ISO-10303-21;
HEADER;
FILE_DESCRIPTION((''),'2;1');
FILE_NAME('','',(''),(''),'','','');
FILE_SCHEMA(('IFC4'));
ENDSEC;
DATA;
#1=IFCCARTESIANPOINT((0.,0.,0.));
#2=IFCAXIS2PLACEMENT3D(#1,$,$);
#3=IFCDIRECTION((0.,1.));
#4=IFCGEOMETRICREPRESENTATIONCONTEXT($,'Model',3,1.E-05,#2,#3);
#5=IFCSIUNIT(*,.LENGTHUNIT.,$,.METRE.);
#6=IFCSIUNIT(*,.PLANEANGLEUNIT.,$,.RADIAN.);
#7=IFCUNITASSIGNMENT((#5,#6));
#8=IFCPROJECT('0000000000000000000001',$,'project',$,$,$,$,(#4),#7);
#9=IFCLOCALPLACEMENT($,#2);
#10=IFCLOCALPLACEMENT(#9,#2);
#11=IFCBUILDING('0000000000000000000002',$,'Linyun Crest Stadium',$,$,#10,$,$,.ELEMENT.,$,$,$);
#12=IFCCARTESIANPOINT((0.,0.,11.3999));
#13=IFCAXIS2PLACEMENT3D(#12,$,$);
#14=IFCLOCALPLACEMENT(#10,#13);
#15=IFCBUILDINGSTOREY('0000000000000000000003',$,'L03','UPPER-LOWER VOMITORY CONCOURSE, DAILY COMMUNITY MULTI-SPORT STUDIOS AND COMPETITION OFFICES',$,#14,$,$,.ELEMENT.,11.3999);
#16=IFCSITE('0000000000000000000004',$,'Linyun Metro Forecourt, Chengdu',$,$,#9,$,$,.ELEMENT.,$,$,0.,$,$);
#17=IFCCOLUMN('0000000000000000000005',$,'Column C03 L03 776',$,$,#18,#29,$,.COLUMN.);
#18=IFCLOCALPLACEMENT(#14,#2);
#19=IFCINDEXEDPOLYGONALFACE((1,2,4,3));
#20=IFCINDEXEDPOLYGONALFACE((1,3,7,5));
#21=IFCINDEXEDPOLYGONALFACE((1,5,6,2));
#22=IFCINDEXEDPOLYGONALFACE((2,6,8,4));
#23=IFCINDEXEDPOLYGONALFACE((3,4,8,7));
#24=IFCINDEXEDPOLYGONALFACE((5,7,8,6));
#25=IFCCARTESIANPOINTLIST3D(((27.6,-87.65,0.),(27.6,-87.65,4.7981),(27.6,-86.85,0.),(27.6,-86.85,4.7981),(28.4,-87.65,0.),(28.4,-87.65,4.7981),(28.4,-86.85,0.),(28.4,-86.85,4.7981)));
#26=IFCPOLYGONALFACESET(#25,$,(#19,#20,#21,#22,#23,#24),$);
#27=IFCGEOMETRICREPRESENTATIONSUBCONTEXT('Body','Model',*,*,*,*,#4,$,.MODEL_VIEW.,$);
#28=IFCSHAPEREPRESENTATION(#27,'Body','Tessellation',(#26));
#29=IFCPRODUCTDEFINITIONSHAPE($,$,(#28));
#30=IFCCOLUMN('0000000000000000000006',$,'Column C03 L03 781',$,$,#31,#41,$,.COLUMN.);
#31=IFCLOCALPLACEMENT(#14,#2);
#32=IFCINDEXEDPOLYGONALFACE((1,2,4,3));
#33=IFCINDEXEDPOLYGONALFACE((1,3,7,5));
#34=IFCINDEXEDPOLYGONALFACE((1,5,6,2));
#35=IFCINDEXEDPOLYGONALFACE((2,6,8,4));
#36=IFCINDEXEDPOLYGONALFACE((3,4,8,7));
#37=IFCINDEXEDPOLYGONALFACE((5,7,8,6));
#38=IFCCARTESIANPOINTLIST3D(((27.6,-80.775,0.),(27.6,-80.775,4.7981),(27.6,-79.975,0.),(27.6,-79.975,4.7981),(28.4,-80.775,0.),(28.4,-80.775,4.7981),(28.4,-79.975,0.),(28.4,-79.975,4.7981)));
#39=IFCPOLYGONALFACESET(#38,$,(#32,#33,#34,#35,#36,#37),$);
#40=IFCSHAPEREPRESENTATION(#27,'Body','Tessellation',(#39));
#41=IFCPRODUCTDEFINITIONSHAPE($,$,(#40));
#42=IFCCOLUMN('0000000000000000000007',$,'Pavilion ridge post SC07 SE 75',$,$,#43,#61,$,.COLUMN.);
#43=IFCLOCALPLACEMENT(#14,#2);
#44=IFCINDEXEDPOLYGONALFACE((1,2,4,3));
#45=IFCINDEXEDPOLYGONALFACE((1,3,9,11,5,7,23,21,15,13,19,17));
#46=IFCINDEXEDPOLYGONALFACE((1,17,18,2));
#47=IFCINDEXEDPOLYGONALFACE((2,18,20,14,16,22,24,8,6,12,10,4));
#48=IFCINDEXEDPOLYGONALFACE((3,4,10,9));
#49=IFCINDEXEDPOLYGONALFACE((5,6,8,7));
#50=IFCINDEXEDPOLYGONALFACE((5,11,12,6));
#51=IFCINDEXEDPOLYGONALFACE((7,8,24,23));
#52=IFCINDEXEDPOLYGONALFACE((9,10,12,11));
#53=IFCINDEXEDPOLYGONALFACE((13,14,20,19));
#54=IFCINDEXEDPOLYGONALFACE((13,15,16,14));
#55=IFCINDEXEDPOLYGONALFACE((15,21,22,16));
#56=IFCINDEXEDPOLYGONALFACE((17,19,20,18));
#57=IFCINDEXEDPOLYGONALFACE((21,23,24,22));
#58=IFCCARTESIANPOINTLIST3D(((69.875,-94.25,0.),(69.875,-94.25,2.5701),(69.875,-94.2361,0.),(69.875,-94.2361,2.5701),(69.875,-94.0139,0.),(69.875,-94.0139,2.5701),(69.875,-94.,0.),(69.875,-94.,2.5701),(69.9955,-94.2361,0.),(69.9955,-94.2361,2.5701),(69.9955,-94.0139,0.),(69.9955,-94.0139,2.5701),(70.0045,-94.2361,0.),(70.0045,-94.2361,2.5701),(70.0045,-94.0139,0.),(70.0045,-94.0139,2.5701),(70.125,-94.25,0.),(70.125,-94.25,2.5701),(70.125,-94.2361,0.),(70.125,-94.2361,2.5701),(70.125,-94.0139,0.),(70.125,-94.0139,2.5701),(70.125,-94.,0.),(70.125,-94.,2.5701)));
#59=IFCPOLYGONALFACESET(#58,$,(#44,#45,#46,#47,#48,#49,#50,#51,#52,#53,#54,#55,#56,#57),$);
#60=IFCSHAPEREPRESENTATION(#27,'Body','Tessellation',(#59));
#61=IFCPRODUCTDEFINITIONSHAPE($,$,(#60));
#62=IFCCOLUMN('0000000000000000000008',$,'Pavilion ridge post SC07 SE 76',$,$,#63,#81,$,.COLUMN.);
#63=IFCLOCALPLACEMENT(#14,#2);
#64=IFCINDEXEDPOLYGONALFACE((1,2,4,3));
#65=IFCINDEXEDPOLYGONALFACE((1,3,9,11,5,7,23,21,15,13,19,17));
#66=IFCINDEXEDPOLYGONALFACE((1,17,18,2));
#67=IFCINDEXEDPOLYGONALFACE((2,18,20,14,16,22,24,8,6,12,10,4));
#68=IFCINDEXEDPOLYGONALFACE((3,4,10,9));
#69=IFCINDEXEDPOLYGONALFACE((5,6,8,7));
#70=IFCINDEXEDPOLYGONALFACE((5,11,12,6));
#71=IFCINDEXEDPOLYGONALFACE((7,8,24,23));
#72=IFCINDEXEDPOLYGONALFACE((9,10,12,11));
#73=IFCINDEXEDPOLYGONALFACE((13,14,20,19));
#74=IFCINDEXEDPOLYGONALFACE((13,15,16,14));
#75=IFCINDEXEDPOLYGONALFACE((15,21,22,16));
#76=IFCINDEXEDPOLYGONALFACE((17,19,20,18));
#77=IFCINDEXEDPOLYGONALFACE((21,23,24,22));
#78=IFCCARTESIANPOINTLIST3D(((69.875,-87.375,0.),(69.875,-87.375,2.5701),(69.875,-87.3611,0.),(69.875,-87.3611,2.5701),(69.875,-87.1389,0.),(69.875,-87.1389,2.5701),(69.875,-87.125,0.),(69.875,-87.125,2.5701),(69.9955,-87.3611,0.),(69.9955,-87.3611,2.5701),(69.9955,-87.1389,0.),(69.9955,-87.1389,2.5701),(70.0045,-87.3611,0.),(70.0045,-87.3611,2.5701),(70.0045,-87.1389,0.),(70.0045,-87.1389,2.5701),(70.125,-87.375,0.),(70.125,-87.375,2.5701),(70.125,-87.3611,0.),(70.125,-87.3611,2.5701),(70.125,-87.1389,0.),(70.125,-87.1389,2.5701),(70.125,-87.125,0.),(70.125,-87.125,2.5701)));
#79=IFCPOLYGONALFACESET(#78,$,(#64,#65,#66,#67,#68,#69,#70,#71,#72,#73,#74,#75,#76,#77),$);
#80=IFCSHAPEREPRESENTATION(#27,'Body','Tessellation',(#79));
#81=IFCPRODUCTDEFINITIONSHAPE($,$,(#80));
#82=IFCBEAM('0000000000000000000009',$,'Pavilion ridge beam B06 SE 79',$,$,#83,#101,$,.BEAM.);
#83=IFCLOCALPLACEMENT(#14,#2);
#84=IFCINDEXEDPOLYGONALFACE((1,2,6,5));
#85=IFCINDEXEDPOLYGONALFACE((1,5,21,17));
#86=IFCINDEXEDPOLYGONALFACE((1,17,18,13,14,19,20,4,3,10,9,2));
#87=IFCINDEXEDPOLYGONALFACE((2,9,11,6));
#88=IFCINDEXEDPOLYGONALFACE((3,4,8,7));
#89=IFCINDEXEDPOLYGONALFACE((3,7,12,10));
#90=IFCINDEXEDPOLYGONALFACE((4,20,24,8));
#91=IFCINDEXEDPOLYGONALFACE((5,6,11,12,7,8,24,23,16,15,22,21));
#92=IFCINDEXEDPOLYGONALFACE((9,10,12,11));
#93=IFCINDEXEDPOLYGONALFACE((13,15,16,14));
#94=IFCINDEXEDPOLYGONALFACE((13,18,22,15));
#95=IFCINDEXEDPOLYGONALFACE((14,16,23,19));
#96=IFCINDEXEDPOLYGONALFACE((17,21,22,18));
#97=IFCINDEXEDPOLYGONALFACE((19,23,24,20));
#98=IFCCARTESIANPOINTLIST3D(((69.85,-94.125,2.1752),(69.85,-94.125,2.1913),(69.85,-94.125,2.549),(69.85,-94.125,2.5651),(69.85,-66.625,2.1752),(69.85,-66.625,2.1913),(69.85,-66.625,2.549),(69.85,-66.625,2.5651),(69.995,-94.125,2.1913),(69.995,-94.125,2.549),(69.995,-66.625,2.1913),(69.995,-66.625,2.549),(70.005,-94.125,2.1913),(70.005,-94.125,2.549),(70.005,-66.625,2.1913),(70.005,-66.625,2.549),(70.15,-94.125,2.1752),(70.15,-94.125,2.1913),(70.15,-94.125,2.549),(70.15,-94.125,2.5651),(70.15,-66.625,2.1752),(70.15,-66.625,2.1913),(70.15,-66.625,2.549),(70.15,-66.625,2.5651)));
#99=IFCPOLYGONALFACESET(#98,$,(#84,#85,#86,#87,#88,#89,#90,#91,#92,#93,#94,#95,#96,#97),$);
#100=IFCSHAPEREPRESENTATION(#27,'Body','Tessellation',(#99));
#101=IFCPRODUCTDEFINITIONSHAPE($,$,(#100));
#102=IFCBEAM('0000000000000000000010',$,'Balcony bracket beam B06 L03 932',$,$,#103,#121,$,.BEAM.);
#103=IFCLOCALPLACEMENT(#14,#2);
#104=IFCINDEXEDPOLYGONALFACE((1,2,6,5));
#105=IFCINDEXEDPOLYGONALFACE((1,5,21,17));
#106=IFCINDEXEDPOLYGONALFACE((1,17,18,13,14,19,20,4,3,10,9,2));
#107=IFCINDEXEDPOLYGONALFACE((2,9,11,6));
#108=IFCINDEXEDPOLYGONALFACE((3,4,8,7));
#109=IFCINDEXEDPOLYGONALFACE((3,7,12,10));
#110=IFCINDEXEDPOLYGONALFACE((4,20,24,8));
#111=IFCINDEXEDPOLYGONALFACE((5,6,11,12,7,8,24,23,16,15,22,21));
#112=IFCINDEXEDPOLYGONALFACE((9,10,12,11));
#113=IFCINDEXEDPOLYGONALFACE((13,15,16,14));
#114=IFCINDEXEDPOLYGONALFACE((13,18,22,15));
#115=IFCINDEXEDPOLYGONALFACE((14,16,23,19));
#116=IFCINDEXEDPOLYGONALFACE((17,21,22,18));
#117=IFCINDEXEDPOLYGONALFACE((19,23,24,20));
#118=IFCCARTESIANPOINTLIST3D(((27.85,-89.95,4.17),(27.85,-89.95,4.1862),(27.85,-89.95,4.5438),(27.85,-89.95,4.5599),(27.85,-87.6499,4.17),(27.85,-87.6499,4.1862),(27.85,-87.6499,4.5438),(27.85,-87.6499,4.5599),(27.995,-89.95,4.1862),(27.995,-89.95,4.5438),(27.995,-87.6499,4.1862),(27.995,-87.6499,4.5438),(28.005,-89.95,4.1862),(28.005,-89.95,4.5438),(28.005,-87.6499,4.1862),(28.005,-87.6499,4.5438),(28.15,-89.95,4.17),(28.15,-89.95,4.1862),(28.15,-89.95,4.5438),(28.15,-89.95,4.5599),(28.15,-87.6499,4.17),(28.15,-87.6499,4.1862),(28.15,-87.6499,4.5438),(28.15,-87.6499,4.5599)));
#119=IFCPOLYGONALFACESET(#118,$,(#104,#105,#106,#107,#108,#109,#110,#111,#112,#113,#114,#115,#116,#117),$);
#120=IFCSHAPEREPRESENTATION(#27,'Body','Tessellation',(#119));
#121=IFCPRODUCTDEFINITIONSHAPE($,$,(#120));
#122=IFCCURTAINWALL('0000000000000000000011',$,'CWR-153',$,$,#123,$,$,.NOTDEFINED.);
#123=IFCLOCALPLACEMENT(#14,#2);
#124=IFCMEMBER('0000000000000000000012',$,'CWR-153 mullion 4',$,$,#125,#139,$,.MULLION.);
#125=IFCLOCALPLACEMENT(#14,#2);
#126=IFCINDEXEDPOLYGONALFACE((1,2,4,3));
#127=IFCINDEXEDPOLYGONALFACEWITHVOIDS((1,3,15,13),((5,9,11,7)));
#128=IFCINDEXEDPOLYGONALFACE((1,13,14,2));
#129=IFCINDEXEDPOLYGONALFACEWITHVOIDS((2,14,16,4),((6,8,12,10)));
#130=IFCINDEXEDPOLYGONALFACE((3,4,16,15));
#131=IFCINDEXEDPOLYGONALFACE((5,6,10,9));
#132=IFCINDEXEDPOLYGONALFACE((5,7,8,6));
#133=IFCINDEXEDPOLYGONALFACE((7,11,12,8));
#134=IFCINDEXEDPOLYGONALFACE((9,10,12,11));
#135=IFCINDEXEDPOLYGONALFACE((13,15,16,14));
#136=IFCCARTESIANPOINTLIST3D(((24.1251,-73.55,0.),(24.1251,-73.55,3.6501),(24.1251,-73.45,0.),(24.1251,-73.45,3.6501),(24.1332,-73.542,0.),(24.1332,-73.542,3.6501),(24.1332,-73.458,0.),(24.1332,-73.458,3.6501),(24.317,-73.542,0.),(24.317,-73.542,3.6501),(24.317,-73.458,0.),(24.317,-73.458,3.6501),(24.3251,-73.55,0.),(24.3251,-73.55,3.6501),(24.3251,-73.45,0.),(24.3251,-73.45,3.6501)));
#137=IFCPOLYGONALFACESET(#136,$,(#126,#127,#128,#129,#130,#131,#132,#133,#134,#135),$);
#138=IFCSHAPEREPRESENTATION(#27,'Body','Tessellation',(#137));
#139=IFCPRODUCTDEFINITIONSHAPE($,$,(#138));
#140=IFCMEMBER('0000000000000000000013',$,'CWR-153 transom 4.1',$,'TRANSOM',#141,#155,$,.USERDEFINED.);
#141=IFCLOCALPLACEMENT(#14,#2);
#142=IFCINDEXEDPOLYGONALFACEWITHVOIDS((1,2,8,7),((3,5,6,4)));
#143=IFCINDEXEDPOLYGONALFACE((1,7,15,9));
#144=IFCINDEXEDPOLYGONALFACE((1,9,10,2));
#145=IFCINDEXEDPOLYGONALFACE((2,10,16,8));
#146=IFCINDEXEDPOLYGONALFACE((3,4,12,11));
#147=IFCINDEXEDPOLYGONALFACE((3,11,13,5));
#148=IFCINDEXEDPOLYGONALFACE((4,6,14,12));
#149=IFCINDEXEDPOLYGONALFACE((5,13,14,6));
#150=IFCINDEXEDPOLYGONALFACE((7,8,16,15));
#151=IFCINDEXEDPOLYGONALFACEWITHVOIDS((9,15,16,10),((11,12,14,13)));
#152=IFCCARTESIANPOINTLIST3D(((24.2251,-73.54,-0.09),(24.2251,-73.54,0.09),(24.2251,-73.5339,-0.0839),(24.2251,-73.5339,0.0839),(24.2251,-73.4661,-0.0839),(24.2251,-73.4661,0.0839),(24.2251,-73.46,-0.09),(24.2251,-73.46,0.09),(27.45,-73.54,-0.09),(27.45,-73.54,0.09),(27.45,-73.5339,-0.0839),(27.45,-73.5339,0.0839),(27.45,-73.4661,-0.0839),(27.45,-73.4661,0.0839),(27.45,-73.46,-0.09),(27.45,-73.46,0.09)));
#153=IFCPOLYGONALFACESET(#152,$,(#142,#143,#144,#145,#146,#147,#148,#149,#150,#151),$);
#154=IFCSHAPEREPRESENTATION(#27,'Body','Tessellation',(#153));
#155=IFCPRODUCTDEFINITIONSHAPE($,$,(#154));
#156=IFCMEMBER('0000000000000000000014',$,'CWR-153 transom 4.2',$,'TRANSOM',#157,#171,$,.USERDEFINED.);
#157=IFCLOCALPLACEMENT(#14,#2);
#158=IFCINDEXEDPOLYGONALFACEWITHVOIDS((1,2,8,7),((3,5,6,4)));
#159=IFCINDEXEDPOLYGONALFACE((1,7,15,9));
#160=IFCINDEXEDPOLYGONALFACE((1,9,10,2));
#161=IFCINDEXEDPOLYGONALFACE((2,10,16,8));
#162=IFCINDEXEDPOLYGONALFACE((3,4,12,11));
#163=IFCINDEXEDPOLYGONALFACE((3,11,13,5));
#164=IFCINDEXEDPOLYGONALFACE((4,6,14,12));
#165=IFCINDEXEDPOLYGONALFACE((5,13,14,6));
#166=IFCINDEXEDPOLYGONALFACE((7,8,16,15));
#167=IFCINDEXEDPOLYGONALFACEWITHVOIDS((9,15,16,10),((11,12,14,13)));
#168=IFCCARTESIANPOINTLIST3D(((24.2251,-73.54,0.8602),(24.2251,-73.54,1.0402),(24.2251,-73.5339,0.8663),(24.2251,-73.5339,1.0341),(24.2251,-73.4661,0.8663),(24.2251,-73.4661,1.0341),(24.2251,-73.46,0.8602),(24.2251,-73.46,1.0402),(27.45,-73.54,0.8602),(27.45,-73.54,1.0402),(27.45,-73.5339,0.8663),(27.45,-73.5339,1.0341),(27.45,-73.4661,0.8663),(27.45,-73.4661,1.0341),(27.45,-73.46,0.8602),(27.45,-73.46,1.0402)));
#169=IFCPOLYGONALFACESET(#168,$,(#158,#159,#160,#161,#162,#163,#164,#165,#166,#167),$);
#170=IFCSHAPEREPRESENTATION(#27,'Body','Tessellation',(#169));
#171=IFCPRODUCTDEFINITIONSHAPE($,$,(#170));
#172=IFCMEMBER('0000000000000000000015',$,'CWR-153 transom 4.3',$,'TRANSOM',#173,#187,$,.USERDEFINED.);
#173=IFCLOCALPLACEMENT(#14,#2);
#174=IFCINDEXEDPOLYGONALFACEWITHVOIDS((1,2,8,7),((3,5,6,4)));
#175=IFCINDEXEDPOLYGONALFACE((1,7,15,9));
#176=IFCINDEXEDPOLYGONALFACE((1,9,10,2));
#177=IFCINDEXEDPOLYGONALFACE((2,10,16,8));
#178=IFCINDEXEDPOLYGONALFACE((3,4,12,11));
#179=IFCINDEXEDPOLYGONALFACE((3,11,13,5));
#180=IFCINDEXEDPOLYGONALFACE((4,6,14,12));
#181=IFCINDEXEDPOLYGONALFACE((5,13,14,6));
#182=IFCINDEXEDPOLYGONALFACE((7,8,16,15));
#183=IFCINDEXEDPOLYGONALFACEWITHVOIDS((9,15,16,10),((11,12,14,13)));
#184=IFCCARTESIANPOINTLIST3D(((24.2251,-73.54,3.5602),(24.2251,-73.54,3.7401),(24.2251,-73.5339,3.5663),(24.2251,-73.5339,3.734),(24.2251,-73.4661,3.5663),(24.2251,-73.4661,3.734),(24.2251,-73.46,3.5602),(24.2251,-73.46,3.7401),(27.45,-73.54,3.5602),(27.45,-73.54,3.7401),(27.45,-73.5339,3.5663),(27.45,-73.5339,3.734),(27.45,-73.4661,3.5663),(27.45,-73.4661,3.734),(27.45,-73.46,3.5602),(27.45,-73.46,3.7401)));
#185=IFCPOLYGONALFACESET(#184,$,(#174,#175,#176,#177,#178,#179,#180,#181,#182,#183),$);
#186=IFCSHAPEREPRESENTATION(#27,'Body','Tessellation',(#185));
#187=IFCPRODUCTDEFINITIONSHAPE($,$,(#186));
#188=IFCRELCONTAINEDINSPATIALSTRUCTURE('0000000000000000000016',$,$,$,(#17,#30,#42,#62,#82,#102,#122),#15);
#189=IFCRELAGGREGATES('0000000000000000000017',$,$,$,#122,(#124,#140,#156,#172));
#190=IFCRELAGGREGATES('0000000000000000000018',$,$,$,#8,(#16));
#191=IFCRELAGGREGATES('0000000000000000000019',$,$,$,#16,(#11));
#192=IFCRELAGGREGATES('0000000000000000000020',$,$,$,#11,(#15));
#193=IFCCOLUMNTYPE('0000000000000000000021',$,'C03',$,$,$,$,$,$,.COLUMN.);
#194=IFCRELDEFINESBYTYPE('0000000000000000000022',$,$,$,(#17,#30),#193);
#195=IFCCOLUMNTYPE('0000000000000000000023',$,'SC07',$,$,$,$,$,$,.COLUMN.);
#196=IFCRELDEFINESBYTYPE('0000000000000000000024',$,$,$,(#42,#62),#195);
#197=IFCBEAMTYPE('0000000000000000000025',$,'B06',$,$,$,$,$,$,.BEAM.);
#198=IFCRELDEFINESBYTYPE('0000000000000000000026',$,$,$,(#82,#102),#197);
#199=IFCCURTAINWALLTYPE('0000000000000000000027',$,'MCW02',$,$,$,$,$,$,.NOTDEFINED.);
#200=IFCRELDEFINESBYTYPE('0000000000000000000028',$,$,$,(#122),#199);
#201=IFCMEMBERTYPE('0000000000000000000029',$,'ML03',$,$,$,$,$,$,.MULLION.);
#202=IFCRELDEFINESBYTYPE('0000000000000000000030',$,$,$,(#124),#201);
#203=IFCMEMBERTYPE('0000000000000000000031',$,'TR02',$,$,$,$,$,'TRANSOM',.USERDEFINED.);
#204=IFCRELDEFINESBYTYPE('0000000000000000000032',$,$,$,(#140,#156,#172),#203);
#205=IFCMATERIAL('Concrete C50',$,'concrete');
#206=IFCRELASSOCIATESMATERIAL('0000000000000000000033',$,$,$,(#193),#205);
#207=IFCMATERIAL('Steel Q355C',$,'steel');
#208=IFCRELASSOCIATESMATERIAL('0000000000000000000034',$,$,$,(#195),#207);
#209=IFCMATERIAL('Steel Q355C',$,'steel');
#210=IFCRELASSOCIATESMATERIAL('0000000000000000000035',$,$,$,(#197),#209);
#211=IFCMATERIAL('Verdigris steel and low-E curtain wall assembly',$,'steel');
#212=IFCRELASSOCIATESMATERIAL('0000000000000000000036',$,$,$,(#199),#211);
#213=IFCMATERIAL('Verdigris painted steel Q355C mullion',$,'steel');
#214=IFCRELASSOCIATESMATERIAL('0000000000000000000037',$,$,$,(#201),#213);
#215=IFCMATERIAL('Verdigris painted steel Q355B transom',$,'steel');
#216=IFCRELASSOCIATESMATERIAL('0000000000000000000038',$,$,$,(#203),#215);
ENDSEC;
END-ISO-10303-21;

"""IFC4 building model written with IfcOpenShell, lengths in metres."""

from ifc_helpers import new_model, si_unit, direction, frame, origin, origin_2d, place, context, subcontext, project, spatial, rectangle, hollow_rectangle, i_section, extrude, material, material_profile, profile_set, type_object, element, aggregate, save


model = new_model("IFC4")

# Units and contexts
model_context = context("Model", 3, precision=1e-05, world=origin(), true_north=direction((0.0, 1.0)))
body_context = subcontext(model_context, "Body", "Model", "MODEL_VIEW")
ifc_project = project(units=[si_unit("LENGTHUNIT", "METRE"), si_unit("PLANEANGLEUNIT", "RADIAN")], contexts=[model_context])

# Site, building, storey
site_placement = place(None, origin())
site = spatial("IfcSite", under=ifc_project, at=site_placement, Name="Linyun Metro Forecourt, Chengdu", CompositionType="ELEMENT", RefElevation=0.0)
building_placement = place(site_placement, origin())
building = spatial("IfcBuilding", under=site, at=building_placement, Name="Linyun Crest Stadium", CompositionType="ELEMENT")
storey_placement = place(building_placement, frame((0.0, 0.0, 11.3999)))
storey = spatial("IfcBuildingStorey", under=building, at=storey_placement, Name="L03", Description="UPPER-LOWER VOMITORY CONCOURSE, DAILY COMMUNITY MULTI-SPORT STUDIOS AND COMPETITION OFFICES", CompositionType="ELEMENT", Elevation=11.3999)

# Columns
ifc_material_1 = material(Name="Concrete C50", Category="concrete")
ifc_material_profile_1 = material_profile(ifc_material_1, rectangle(XDim=0.8, YDim=0.8, at=origin_2d()), Name="RC 800x800")
ifc_profile_set_1 = profile_set([ifc_material_profile_1], Name="Concrete C50")
column_type_1 = type_object("IfcColumnType", Name="C03", PredefinedType="COLUMN", material=ifc_profile_set_1)
for number, where, z_axis, x_axis, name in (
    (1, (28.0, -87.25, 0.0), (0.0, 0.0, 1.0), (1.0, 0.0, 0.0), "Column C03 L03 776"),
    (2, (28.0, -80.375, 0.0), (0.0, 0.0, 1.0), (1.0, 0.0, 0.0), "Column C03 L03 781"),
):
    element("IfcColumn", number, at=place(storey_placement, frame(where, z_axis=z_axis, x_axis=x_axis)), inside=storey, type_object=column_type_1, Name=name, PredefinedType="COLUMN", context=body_context, shape_type="SweptSolid", body=[
        extrude(rectangle(XDim=0.8, YDim=0.8, at=origin_2d()), origin(), (0.0, 0.0, 1.0), 4.7981),
    ])
ifc_material_2 = material(Name="Steel Q355C", Category="steel")
ifc_material_profile_2 = material_profile(ifc_material_2, i_section(OverallWidth=0.25, OverallDepth=0.25, WebThickness=0.009, FlangeThickness=0.0139, at=origin_2d()), Name="HW 250x250")
ifc_profile_set_2 = profile_set([ifc_material_profile_2], Name="Steel Q355C")
column_type_2 = type_object("IfcColumnType", Name="SC07", PredefinedType="COLUMN", material=ifc_profile_set_2)
for number, where, z_axis, x_axis, name in (
    (3, (70.0, -94.125, 0.0), (0.0, 0.0, 1.0), (1.0, 0.0, 0.0), "Pavilion ridge post SC07 SE 75"),
    (4, (70.0, -87.25, 0.0), (0.0, 0.0, 1.0), (1.0, 0.0, 0.0), "Pavilion ridge post SC07 SE 76"),
):
    element("IfcColumn", number, at=place(storey_placement, frame(where, z_axis=z_axis, x_axis=x_axis)), inside=storey, type_object=column_type_2, Name=name, PredefinedType="COLUMN", context=body_context, shape_type="SweptSolid", body=[
        extrude(i_section(OverallWidth=0.25, OverallDepth=0.25, WebThickness=0.009, FlangeThickness=0.0139, at=origin_2d()), origin(), (0.0, 0.0, 1.0), 2.5701),
    ])

# Beams
ifc_material_3 = material(Name="Steel Q355C", Category="steel")
ifc_material_profile_3 = material_profile(ifc_material_3, i_section(OverallWidth=0.3, OverallDepth=0.3899, WebThickness=0.01, FlangeThickness=0.0161, at=origin_2d()), Name="HM 390x300")
ifc_profile_set_3 = profile_set([ifc_material_profile_3], Name="Steel Q355C")
beam_type = type_object("IfcBeamType", Name="B06", PredefinedType="BEAM", material=ifc_profile_set_3)
beam_1_placement = place(storey_placement, frame((70.0, -94.125, 2.3701), z_axis=(0.0, 1.0, 0.0), x_axis=(-1.0, 0.0, 0.0)))
element("IfcBeam", 5, at=beam_1_placement, inside=storey, type_object=beam_type, Name="Pavilion ridge beam B06 SE 79", PredefinedType="BEAM", context=body_context, shape_type="SweptSolid", body=[
    extrude(i_section(OverallWidth=0.3, OverallDepth=0.3899, WebThickness=0.01, FlangeThickness=0.0161, at=origin_2d()), origin(), (0.0, 0.0, 1.0), 27.5),
])
beam_2_placement = place(storey_placement, frame((28.0, -89.95, 4.365), z_axis=(0.0, 1.0, 0.0), x_axis=(-1.0, 0.0, 0.0)))
element("IfcBeam", 6, at=beam_2_placement, inside=storey, type_object=beam_type, Name="Balcony bracket beam B06 L03 932", PredefinedType="BEAM", context=body_context, shape_type="SweptSolid", body=[
    extrude(i_section(OverallWidth=0.3, OverallDepth=0.3899, WebThickness=0.01, FlangeThickness=0.0161, at=origin_2d()), origin(), (0.0, 0.0, 1.0), 2.3),
])

# Curtain wall, members
ifc_material_4 = material(Name="Verdigris steel and low-E curtain wall assembly", Category="steel")
curtain_wall_type = type_object("IfcCurtainWallType", Name="MCW02", PredefinedType="NOTDEFINED", material=ifc_material_4)
curtain_wall_placement = place(storey_placement, origin())
curtain_wall = element("IfcCurtainWall", 7, at=curtain_wall_placement, inside=storey, type_object=curtain_wall_type, Name="CWR-153", PredefinedType="NOTDEFINED")
ifc_material_5 = material(Name="Verdigris painted steel Q355C mullion", Category="steel")
ifc_material_profile_4 = material_profile(ifc_material_5, hollow_rectangle(XDim=0.1001, YDim=0.2, WallThickness=0.0081, at=origin_2d()), Name="RHS 200x100x8")
ifc_profile_set_4 = profile_set([ifc_material_profile_4], Name="Verdigris painted steel Q355C mullion")
member_type_1 = type_object("IfcMemberType", Name="ML03", PredefinedType="MULLION", material=ifc_profile_set_4)
member_1_placement = place(storey_placement, frame((24.2251, -73.5, 0.0), z_axis=(0.0, 0.0, 1.0), x_axis=(0.0, 1.0, 0.0)))
member_1 = element("IfcMember", 8, at=member_1_placement, type_object=member_type_1, Name="CWR-153 mullion 4", PredefinedType="MULLION", context=body_context, shape_type="SweptSolid", body=[
    extrude(hollow_rectangle(XDim=0.1001, YDim=0.2, WallThickness=0.0081, at=origin_2d()), origin(), (0.0, 0.0, 1.0), 3.6501),
])
ifc_material_6 = material(Name="Verdigris painted steel Q355B transom", Category="steel")
ifc_material_profile_5 = material_profile(ifc_material_6, hollow_rectangle(XDim=0.0801, YDim=0.1799, WallThickness=0.0061, at=origin_2d()), Name="RHS 180x80x6")
ifc_profile_set_5 = profile_set([ifc_material_profile_5], Name="Verdigris painted steel Q355B transom")
member_type_2 = type_object("IfcMemberType", Name="TR02", ElementType="TRANSOM", PredefinedType="USERDEFINED", material=ifc_profile_set_5)
member_2_placement = place(storey_placement, frame((24.2251, -73.5, 0.0), z_axis=(1.0, 0.0, 0.0), x_axis=(0.0, 1.0, 0.0)))
member_2 = element("IfcMember", 9, at=member_2_placement, type_object=member_type_2, Name="CWR-153 transom 4.1", ObjectType="TRANSOM", PredefinedType="USERDEFINED", context=body_context, shape_type="SweptSolid", body=[
    extrude(hollow_rectangle(XDim=0.0801, YDim=0.1799, WallThickness=0.0061, at=origin_2d()), origin(), (0.0, 0.0, 1.0), 3.2249),
])
member_3_placement = place(storey_placement, frame((24.2251, -73.5, 0.9502), z_axis=(1.0, 0.0, 0.0), x_axis=(0.0, 1.0, 0.0)))
member_3 = element("IfcMember", 10, at=member_3_placement, type_object=member_type_2, Name="CWR-153 transom 4.2", ObjectType="TRANSOM", PredefinedType="USERDEFINED", context=body_context, shape_type="SweptSolid", body=[
    extrude(hollow_rectangle(XDim=0.0801, YDim=0.1799, WallThickness=0.0061, at=origin_2d()), origin(), (0.0, 0.0, 1.0), 3.2249),
])
member_4_placement = place(storey_placement, frame((24.2251, -73.5, 3.6501), z_axis=(1.0, 0.0, 0.0), x_axis=(0.0, 1.0, 0.0)))
member_4 = element("IfcMember", 11, at=member_4_placement, type_object=member_type_2, Name="CWR-153 transom 4.3", ObjectType="TRANSOM", PredefinedType="USERDEFINED", context=body_context, shape_type="SweptSolid", body=[
    extrude(hollow_rectangle(XDim=0.0801, YDim=0.1799, WallThickness=0.0061, at=origin_2d()), origin(), (0.0, 0.0, 1.0), 3.2249),
])

aggregate(curtain_wall, [member_1, member_2, member_3, member_4])

save(model, "model.ifc")
